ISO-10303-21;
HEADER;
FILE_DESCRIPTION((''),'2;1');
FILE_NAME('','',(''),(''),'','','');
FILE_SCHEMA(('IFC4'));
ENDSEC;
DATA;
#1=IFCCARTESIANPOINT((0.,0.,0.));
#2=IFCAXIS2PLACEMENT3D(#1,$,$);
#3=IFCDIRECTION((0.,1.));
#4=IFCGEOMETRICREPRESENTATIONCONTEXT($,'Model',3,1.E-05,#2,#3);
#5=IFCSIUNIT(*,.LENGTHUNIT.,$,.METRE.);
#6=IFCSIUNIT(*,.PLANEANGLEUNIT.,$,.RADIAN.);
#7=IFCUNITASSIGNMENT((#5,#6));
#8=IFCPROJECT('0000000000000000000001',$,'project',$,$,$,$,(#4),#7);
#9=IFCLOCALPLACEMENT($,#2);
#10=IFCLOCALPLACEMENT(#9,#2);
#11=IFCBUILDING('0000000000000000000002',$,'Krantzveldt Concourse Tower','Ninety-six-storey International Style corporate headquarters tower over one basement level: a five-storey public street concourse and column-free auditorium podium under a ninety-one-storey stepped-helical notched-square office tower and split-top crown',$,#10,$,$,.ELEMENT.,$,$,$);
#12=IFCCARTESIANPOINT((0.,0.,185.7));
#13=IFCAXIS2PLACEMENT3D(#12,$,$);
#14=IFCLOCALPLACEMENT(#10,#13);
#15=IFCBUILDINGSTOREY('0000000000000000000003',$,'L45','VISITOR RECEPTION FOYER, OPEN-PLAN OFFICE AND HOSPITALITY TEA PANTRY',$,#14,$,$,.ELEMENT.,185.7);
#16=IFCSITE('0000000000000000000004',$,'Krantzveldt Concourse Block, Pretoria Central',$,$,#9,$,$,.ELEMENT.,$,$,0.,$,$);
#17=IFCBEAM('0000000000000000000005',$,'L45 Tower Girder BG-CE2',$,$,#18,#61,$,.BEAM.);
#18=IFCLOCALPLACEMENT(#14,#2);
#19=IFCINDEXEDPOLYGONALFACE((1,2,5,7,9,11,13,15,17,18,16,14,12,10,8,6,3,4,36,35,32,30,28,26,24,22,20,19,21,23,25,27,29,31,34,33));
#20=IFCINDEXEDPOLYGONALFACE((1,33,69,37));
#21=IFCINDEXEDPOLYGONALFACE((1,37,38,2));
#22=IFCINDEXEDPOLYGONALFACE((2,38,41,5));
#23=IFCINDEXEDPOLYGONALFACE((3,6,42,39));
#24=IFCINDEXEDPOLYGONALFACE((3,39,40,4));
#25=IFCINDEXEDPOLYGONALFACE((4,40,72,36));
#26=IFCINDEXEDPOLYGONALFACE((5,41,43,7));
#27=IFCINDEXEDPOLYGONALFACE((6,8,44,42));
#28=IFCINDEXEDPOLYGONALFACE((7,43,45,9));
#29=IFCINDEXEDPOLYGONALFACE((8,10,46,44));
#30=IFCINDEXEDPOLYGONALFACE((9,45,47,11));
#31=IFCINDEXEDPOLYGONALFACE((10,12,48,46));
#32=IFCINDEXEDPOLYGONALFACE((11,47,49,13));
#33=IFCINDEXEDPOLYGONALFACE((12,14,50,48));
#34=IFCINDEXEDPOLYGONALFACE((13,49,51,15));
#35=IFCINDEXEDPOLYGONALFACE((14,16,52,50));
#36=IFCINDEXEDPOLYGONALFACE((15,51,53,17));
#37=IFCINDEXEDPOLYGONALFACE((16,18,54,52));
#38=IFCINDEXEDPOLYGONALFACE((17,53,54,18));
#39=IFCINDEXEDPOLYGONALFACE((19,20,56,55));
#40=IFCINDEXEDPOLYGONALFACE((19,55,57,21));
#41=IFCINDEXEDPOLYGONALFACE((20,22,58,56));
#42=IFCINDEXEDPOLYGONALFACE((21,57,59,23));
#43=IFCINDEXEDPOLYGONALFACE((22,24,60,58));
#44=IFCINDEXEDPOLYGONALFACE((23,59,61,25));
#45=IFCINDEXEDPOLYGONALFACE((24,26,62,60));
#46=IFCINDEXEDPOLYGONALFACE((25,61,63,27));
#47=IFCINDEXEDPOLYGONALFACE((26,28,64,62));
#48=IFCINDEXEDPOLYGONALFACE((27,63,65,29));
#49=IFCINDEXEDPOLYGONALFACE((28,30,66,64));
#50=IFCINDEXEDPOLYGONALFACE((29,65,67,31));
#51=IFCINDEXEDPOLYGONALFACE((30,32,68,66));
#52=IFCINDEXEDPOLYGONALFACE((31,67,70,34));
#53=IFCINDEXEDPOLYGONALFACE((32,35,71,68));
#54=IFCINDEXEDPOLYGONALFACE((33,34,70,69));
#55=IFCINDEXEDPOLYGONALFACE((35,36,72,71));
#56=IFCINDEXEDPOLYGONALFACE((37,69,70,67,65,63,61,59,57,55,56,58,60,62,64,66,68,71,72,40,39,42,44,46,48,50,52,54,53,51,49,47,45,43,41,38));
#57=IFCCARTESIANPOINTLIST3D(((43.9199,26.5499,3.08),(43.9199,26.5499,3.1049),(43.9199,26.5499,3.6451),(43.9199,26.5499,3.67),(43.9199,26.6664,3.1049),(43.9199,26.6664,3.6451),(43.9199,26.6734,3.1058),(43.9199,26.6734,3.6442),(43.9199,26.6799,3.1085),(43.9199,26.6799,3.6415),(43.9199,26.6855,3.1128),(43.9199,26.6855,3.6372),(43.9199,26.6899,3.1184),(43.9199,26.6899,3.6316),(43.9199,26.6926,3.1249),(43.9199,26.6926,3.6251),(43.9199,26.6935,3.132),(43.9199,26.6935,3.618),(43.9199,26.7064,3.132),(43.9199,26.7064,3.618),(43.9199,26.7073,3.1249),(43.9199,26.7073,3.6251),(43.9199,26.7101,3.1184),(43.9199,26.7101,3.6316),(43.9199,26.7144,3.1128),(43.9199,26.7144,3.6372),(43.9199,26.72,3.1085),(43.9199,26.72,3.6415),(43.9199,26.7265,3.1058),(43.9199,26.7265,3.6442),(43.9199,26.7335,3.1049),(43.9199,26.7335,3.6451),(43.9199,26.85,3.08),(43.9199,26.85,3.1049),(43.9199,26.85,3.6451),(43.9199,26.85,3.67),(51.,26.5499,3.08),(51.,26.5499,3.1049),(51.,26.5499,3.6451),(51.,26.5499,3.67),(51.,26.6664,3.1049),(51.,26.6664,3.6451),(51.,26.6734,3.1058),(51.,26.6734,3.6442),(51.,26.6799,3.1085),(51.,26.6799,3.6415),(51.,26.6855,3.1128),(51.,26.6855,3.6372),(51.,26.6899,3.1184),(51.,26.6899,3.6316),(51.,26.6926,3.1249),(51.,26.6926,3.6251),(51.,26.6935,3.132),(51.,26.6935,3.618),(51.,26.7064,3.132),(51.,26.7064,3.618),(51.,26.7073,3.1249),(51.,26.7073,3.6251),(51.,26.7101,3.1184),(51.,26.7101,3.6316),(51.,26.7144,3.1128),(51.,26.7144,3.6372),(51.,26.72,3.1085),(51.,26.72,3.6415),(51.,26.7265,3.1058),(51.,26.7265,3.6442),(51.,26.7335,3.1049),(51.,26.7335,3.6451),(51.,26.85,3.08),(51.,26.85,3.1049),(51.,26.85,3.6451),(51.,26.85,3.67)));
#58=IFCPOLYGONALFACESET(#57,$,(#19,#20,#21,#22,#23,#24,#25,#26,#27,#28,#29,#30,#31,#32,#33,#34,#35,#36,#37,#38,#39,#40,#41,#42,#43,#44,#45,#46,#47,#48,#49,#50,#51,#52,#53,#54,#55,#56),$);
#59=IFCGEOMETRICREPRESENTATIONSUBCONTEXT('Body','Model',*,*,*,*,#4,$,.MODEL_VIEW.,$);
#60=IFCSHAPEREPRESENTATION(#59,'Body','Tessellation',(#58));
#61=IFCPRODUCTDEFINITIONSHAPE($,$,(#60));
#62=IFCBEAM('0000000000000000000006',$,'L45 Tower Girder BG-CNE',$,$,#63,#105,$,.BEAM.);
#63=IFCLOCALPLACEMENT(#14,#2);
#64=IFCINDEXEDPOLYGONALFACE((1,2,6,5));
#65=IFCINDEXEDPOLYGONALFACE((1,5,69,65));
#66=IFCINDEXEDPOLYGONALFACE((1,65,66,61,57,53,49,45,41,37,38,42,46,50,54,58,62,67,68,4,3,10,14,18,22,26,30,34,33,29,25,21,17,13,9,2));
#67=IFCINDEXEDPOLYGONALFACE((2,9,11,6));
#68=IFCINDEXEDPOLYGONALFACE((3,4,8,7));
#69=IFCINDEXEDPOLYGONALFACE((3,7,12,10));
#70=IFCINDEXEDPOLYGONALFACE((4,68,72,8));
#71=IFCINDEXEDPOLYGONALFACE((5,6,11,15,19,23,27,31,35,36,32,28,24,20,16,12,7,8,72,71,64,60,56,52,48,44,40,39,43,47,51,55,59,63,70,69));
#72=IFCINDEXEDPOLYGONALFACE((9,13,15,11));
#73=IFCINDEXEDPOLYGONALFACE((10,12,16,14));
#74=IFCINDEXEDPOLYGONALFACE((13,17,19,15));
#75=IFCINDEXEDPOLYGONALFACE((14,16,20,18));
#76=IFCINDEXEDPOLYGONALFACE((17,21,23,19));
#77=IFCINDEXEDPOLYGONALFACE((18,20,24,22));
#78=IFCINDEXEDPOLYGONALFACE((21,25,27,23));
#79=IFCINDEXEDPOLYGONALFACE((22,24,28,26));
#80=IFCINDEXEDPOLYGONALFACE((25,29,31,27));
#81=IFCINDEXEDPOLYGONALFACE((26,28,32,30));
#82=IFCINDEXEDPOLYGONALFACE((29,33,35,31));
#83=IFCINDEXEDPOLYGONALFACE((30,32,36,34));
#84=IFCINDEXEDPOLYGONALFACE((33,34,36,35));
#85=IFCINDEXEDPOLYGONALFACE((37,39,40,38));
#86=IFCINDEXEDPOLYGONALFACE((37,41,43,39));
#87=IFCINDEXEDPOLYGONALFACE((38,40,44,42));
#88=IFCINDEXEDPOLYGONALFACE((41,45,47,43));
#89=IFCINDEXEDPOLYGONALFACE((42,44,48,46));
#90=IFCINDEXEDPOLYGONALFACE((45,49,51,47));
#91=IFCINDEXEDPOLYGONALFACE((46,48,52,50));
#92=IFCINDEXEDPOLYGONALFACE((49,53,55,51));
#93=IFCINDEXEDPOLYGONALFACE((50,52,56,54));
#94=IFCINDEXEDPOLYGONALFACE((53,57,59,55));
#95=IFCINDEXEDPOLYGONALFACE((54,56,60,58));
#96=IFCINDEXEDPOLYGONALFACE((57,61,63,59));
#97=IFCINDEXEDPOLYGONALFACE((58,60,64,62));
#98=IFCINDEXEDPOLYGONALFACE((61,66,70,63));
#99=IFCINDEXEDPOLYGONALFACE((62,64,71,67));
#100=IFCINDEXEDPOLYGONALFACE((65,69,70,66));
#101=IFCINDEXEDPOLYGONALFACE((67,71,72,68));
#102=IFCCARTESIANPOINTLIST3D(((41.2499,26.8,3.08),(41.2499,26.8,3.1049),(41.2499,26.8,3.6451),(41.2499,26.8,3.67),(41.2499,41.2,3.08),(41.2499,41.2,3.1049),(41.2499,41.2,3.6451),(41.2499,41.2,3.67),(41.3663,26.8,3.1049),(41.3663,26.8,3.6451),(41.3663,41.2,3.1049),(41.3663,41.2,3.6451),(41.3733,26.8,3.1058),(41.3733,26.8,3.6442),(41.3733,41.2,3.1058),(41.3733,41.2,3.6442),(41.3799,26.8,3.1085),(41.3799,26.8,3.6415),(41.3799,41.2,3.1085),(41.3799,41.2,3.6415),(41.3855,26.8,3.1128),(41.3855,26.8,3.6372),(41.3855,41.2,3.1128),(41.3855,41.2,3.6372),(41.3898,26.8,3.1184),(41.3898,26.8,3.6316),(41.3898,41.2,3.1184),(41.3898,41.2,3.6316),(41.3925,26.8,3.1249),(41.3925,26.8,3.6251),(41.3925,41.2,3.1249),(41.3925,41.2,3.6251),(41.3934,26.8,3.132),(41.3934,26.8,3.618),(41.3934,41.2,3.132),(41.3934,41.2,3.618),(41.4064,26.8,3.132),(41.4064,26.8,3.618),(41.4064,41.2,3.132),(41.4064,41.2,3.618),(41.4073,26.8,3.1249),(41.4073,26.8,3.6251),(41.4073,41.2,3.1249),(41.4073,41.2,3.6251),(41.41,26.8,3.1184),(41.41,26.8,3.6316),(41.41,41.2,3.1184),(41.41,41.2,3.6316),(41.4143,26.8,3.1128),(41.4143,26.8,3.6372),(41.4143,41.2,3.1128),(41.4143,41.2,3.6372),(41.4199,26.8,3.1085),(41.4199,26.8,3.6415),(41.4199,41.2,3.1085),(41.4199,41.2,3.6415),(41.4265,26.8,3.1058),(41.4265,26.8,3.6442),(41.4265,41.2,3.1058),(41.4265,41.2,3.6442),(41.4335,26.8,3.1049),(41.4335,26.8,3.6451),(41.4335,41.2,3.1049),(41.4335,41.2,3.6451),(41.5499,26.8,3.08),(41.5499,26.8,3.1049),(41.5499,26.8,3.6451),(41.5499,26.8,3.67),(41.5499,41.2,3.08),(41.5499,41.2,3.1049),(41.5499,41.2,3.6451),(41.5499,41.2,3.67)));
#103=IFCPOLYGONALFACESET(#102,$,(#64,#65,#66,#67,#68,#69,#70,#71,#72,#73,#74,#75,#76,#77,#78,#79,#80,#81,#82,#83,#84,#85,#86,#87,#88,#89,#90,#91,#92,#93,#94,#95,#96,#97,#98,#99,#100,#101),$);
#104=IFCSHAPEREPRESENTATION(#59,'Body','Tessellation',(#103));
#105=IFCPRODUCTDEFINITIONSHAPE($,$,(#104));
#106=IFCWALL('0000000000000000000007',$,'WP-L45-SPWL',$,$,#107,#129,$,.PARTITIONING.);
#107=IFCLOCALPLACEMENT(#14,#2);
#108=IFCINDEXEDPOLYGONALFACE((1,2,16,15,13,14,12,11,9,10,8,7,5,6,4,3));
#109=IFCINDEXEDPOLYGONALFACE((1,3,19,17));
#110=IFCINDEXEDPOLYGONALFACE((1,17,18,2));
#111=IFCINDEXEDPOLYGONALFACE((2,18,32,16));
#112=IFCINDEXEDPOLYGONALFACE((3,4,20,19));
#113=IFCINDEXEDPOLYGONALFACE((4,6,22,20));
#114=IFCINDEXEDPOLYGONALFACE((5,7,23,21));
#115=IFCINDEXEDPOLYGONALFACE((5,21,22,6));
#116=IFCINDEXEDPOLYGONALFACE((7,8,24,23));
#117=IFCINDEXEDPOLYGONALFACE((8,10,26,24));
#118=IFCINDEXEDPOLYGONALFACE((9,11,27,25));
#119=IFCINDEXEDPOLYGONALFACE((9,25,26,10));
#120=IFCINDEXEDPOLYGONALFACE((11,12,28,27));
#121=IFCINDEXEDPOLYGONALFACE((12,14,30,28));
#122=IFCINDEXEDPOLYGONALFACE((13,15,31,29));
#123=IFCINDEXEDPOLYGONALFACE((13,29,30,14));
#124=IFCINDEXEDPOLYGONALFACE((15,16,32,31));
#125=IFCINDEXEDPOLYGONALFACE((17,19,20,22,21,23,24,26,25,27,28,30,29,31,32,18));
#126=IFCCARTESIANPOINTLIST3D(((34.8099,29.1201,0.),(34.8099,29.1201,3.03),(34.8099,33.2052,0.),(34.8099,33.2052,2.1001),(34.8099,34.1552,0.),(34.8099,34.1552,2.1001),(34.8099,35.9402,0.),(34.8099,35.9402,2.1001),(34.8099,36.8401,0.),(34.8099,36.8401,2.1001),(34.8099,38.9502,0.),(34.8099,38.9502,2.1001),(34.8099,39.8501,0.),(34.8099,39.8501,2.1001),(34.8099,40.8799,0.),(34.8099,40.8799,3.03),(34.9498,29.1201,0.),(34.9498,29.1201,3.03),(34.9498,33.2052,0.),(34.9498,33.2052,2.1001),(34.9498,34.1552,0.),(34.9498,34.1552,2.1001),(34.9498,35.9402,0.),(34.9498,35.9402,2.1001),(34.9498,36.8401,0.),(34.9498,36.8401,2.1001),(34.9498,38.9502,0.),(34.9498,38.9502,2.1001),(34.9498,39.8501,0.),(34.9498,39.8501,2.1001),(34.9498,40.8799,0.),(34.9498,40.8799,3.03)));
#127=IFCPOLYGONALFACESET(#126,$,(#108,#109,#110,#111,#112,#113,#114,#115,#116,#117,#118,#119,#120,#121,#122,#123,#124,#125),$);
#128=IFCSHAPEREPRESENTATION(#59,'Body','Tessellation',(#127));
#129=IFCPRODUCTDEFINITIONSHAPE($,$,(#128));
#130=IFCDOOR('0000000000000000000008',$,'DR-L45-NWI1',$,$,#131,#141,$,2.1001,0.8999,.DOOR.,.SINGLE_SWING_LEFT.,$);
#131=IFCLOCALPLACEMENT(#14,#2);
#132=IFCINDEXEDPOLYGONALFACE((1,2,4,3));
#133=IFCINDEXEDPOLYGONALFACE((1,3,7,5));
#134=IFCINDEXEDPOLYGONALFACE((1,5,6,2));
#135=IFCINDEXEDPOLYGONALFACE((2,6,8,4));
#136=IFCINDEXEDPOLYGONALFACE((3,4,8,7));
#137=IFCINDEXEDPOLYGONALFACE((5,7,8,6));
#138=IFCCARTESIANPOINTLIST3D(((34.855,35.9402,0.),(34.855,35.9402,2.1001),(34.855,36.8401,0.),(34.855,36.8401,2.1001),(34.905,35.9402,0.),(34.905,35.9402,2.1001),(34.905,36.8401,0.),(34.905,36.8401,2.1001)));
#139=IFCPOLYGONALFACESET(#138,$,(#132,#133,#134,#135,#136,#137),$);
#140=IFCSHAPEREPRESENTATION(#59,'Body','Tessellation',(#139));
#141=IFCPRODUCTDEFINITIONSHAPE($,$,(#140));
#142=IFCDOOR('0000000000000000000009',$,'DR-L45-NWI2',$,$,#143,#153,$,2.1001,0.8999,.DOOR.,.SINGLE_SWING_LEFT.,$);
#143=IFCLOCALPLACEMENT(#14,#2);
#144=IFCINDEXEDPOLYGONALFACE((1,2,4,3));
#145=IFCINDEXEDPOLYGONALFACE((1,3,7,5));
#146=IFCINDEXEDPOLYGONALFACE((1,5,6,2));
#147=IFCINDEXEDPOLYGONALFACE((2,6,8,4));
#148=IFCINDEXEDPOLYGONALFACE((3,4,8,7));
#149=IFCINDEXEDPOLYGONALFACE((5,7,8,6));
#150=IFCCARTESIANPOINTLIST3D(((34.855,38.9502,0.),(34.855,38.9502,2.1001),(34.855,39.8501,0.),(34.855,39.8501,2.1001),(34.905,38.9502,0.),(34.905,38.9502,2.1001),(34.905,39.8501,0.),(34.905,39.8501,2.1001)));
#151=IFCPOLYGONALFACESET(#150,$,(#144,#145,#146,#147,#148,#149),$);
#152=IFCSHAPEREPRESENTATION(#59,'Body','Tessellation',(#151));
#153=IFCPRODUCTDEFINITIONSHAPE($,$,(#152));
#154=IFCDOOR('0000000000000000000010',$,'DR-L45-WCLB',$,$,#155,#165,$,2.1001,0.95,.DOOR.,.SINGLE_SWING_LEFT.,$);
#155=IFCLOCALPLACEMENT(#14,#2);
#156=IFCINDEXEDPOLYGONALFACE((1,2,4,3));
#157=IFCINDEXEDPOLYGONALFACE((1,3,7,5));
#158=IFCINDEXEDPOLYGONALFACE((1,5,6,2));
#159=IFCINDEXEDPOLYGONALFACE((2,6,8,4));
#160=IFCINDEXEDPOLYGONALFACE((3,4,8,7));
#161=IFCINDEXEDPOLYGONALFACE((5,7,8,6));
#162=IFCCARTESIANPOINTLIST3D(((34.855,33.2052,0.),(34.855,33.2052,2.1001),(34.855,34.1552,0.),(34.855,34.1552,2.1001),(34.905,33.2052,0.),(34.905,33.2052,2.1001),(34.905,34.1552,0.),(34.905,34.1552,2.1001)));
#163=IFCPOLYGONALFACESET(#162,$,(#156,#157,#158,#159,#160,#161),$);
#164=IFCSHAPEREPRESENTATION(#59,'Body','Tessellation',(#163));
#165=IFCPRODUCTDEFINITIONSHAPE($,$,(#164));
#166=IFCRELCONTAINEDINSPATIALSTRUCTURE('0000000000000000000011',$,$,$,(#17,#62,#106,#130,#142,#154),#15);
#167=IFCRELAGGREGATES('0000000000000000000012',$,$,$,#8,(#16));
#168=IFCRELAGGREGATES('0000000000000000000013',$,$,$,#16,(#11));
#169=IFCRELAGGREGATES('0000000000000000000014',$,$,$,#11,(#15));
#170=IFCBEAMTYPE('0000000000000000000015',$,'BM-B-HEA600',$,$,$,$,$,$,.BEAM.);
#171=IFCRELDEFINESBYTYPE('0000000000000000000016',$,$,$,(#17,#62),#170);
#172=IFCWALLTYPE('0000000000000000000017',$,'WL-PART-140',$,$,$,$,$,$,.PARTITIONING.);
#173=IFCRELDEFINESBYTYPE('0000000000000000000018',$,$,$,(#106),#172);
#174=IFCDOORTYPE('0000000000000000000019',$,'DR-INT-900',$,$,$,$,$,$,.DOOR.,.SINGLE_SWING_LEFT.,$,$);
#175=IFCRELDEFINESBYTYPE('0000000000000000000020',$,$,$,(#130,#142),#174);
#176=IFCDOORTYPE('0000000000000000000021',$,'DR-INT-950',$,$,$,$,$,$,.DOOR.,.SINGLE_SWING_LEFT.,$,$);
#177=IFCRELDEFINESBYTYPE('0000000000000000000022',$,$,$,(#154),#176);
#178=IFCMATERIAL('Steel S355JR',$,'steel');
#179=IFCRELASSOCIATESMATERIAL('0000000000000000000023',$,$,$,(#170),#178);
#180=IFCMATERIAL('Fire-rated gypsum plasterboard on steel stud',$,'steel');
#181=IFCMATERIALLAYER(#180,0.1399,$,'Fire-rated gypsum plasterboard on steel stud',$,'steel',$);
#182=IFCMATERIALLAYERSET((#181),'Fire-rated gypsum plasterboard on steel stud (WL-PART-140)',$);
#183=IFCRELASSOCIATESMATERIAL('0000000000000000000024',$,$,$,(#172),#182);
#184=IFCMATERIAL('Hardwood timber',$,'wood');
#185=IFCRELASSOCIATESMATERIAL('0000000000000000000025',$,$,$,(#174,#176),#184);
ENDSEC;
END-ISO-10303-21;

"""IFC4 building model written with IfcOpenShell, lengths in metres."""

from ifc_helpers import new_model, si_unit, direction, frame, frame_2d, origin, origin_2d, place, context, subcontext, project, spatial, rectangle, i_section, extrude, source, transform, mapped, material, layer, layer_set, material_profile, profile_set, type_object, type_shapes, element, fill, save


model = new_model("IFC4")

# Units and contexts
model_context = context("Model", 3, precision=1e-05, world=origin(), true_north=direction((0.0, 1.0)))
body_context = subcontext(model_context, "Body", "Model", "MODEL_VIEW")
ifc_project = project(units=[si_unit("LENGTHUNIT", "METRE"), si_unit("PLANEANGLEUNIT", "RADIAN")], contexts=[model_context])

# Site, building, storey
site_placement = place(None, origin())
site = spatial("IfcSite", under=ifc_project, at=site_placement, Name="Krantzveldt Concourse Block, Pretoria Central", CompositionType="ELEMENT", RefElevation=0.0)
building_placement = place(site_placement, origin())
building = spatial("IfcBuilding", under=site, at=building_placement, Name="Krantzveldt Concourse Tower", Description="Ninety-six-storey International Style corporate headquarters tower over one basement level: a five-storey public street concourse and column-free auditorium podium under a ninety-one-storey stepped-helical notched-square office tower and split-top crown", CompositionType="ELEMENT")
storey_placement = place(building_placement, frame((0.0, 0.0, 185.7)))
storey = spatial("IfcBuildingStorey", under=building, at=storey_placement, Name="L45", Description="VISITOR RECEPTION FOYER, OPEN-PLAN OFFICE AND HOSPITALITY TEA PANTRY", CompositionType="ELEMENT", Elevation=185.7)

# Beams
ifc_material_1 = material(Name="Steel S355JR", Category="steel")
ifc_material_profile = material_profile(ifc_material_1, i_section(OverallWidth=0.3, OverallDepth=0.5901, WebThickness=0.0129, FlangeThickness=0.0249, FilletRadius=0.0271, at=origin_2d()), Name="Steel S355JR", Category="steel")
ifc_profile_set = profile_set([ifc_material_profile], Name="Steel S355JR - HEA 600")
beam_type = type_object("IfcBeamType", Name="BM-B-HEA600", PredefinedType="BEAM", material=ifc_profile_set)
shared_shape_1 = source(origin(), body_context, "Body", "SweptSolid", [
    extrude(i_section(OverallWidth=0.3, OverallDepth=0.5901, WebThickness=0.0129, FlangeThickness=0.0249, FilletRadius=0.0271, at=origin_2d()), origin(), (0.0, 0.0, 1.0), 7.0801),
])
beam_1_placement = place(storey_placement, frame((43.9199, 26.7, 3.375), z_axis=(1.0, 0.0, 0.0), x_axis=(0.0, 1.0, 0.0)))
element("IfcBeam", 1, at=beam_1_placement, inside=storey, type_object=beam_type, Name="L45 Tower Girder BG-CE2", PredefinedType="BEAM", context=body_context, shape_type="MappedRepresentation", body=[
    mapped(shared_shape_1, transform((0.0, 0.0, 0.0), x_axis=(1.0, 0.0, 0.0), y_axis=(0.0, 1.0, 0.0), z_axis=(0.0, 0.0, 1.0), scale=1.0)),
])
shared_shape_2 = source(origin(), body_context, "Body", "SweptSolid", [
    extrude(i_section(OverallWidth=0.3, OverallDepth=0.5901, WebThickness=0.0129, FlangeThickness=0.0249, FilletRadius=0.0271, at=origin_2d()), origin(), (0.0, 0.0, 1.0), 14.3999),
])
type_shapes(beam_type, [shared_shape_1, shared_shape_2])
beam_2_placement = place(storey_placement, frame((41.3999, 26.8, 3.375), z_axis=(0.0, 1.0, 0.0), x_axis=(-1.0, 0.0, 0.0)))
element("IfcBeam", 2, at=beam_2_placement, inside=storey, type_object=beam_type, Name="L45 Tower Girder BG-CNE", PredefinedType="BEAM", context=body_context, shape_type="MappedRepresentation", body=[
    mapped(shared_shape_2, transform((0.0, 0.0, 0.0), x_axis=(1.0, 0.0, 0.0), y_axis=(0.0, 1.0, 0.0), z_axis=(0.0, 0.0, 1.0), scale=1.0)),
])

# Wall, openings, doors
ifc_material_2 = material(Name="Fire-rated gypsum plasterboard on steel stud", Category="steel")
ifc_layer = layer(ifc_material_2, 0.1399, Name="Fire-rated gypsum plasterboard on steel stud", Category="steel")
ifc_layer_set = layer_set([ifc_layer], Name="Fire-rated gypsum plasterboard on steel stud (WL-PART-140)")
wall_type = type_object("IfcWallType", Name="WL-PART-140", PredefinedType="PARTITIONING", material=ifc_layer_set)
wall_1_placement = place(storey_placement, frame((34.8799, 29.1201, 0.0), z_axis=(0.0, 0.0, 1.0), x_axis=(0.0, 1.0, 0.0)))
wall_1 = element("IfcWall", 3, at=wall_1_placement, inside=storey, type_object=wall_type, Name="WP-L45-SPWL", PredefinedType="PARTITIONING", context=body_context, shape_type="SweptSolid", body=[
    extrude(rectangle(XDim=11.7598, YDim=0.1399, at=frame_2d((5.8799, 0.0))), origin(), (0.0, 0.0, 1.0), 3.03),
])
opening_1_placement = place(wall_1_placement, frame((4.085, 0.0, 0.0)))
opening_1 = element("IfcOpeningElement", 4, at=opening_1_placement, cuts=wall_1, PredefinedType="OPENING", context=body_context, shape_type="SweptSolid", body=[
    extrude(rectangle(XDim=0.95, YDim=2.1001, at=frame_2d((0.4751, 1.05))), frame((0.0, 0.0801, 0.0), z_axis=(0.0, -1.0, 0.0), x_axis=(1.0, 0.0, 0.0)), (0.0, 0.0, 1.0), 0.1599),
])
opening_2_placement = place(wall_1_placement, frame((6.8201, 0.0, 0.0)))
opening_2 = element("IfcOpeningElement", 5, at=opening_2_placement, cuts=wall_1, PredefinedType="OPENING", context=body_context, shape_type="SweptSolid", body=[
    extrude(rectangle(XDim=0.8999, YDim=2.1001, at=frame_2d((0.45, 1.05))), frame((0.0, 0.0801, 0.0), z_axis=(0.0, -1.0, 0.0), x_axis=(1.0, 0.0, 0.0)), (0.0, 0.0, 1.0), 0.1599),
])
opening_3_placement = place(wall_1_placement, frame((9.8301, 0.0, 0.0)))
opening_3 = element("IfcOpeningElement", 6, at=opening_3_placement, cuts=wall_1, PredefinedType="OPENING", context=body_context, shape_type="SweptSolid", body=[
    extrude(rectangle(XDim=0.8999, YDim=2.1001, at=frame_2d((0.45, 1.05))), frame((0.0, 0.0801, 0.0), z_axis=(0.0, -1.0, 0.0), x_axis=(1.0, 0.0, 0.0)), (0.0, 0.0, 1.0), 0.1599),
])
ifc_material_3 = material(Name="Hardwood timber", Category="wood")
door_type_1 = type_object("IfcDoorType", Name="DR-INT-900", OperationType="SINGLE_SWING_LEFT", PredefinedType="DOOR", material=ifc_material_3)
door_1_placement = place(opening_2_placement, origin())
door_1 = element("IfcDoor", 7, at=door_1_placement, inside=storey, type_object=door_type_1, Name="DR-L45-NWI1", OperationType="SINGLE_SWING_LEFT", OverallHeight=2.1001, OverallWidth=0.8999, PredefinedType="DOOR", context=body_context, shape_type="SweptSolid", body=[
    extrude(rectangle(XDim=0.8999, YDim=2.1001, at=frame_2d((0.45, 1.05))), frame((0.0, 0.0249, 0.0), z_axis=(0.0, -1.0, 0.0), x_axis=(1.0, 0.0, 0.0)), (0.0, 0.0, 1.0), 0.05),
])
fill(opening_2, door_1)
door_2_placement = place(opening_3_placement, origin())
door_2 = element("IfcDoor", 8, at=door_2_placement, inside=storey, type_object=door_type_1, Name="DR-L45-NWI2", OperationType="SINGLE_SWING_LEFT", OverallHeight=2.1001, OverallWidth=0.8999, PredefinedType="DOOR", context=body_context, shape_type="SweptSolid", body=[
    extrude(rectangle(XDim=0.8999, YDim=2.1001, at=frame_2d((0.45, 1.05))), frame((0.0, 0.0249, 0.0), z_axis=(0.0, -1.0, 0.0), x_axis=(1.0, 0.0, 0.0)), (0.0, 0.0, 1.0), 0.05),
])
fill(opening_3, door_2)
door_type_2 = type_object("IfcDoorType", Name="DR-INT-950", OperationType="SINGLE_SWING_LEFT", PredefinedType="DOOR", material=ifc_material_3)
door_3_placement = place(opening_1_placement, origin())
door_3 = element("IfcDoor", 9, at=door_3_placement, inside=storey, type_object=door_type_2, Name="DR-L45-WCLB", OperationType="SINGLE_SWING_LEFT", OverallHeight=2.1001, OverallWidth=0.95, PredefinedType="DOOR", context=body_context, shape_type="SweptSolid", body=[
    extrude(rectangle(XDim=0.95, YDim=2.1001, at=frame_2d((0.4751, 1.05))), frame((0.0, 0.0249, 0.0), z_axis=(0.0, -1.0, 0.0), x_axis=(1.0, 0.0, 0.0)), (0.0, 0.0, 1.0), 0.05),
])
fill(opening_1, door_3)

save(model, "model.ifc")
